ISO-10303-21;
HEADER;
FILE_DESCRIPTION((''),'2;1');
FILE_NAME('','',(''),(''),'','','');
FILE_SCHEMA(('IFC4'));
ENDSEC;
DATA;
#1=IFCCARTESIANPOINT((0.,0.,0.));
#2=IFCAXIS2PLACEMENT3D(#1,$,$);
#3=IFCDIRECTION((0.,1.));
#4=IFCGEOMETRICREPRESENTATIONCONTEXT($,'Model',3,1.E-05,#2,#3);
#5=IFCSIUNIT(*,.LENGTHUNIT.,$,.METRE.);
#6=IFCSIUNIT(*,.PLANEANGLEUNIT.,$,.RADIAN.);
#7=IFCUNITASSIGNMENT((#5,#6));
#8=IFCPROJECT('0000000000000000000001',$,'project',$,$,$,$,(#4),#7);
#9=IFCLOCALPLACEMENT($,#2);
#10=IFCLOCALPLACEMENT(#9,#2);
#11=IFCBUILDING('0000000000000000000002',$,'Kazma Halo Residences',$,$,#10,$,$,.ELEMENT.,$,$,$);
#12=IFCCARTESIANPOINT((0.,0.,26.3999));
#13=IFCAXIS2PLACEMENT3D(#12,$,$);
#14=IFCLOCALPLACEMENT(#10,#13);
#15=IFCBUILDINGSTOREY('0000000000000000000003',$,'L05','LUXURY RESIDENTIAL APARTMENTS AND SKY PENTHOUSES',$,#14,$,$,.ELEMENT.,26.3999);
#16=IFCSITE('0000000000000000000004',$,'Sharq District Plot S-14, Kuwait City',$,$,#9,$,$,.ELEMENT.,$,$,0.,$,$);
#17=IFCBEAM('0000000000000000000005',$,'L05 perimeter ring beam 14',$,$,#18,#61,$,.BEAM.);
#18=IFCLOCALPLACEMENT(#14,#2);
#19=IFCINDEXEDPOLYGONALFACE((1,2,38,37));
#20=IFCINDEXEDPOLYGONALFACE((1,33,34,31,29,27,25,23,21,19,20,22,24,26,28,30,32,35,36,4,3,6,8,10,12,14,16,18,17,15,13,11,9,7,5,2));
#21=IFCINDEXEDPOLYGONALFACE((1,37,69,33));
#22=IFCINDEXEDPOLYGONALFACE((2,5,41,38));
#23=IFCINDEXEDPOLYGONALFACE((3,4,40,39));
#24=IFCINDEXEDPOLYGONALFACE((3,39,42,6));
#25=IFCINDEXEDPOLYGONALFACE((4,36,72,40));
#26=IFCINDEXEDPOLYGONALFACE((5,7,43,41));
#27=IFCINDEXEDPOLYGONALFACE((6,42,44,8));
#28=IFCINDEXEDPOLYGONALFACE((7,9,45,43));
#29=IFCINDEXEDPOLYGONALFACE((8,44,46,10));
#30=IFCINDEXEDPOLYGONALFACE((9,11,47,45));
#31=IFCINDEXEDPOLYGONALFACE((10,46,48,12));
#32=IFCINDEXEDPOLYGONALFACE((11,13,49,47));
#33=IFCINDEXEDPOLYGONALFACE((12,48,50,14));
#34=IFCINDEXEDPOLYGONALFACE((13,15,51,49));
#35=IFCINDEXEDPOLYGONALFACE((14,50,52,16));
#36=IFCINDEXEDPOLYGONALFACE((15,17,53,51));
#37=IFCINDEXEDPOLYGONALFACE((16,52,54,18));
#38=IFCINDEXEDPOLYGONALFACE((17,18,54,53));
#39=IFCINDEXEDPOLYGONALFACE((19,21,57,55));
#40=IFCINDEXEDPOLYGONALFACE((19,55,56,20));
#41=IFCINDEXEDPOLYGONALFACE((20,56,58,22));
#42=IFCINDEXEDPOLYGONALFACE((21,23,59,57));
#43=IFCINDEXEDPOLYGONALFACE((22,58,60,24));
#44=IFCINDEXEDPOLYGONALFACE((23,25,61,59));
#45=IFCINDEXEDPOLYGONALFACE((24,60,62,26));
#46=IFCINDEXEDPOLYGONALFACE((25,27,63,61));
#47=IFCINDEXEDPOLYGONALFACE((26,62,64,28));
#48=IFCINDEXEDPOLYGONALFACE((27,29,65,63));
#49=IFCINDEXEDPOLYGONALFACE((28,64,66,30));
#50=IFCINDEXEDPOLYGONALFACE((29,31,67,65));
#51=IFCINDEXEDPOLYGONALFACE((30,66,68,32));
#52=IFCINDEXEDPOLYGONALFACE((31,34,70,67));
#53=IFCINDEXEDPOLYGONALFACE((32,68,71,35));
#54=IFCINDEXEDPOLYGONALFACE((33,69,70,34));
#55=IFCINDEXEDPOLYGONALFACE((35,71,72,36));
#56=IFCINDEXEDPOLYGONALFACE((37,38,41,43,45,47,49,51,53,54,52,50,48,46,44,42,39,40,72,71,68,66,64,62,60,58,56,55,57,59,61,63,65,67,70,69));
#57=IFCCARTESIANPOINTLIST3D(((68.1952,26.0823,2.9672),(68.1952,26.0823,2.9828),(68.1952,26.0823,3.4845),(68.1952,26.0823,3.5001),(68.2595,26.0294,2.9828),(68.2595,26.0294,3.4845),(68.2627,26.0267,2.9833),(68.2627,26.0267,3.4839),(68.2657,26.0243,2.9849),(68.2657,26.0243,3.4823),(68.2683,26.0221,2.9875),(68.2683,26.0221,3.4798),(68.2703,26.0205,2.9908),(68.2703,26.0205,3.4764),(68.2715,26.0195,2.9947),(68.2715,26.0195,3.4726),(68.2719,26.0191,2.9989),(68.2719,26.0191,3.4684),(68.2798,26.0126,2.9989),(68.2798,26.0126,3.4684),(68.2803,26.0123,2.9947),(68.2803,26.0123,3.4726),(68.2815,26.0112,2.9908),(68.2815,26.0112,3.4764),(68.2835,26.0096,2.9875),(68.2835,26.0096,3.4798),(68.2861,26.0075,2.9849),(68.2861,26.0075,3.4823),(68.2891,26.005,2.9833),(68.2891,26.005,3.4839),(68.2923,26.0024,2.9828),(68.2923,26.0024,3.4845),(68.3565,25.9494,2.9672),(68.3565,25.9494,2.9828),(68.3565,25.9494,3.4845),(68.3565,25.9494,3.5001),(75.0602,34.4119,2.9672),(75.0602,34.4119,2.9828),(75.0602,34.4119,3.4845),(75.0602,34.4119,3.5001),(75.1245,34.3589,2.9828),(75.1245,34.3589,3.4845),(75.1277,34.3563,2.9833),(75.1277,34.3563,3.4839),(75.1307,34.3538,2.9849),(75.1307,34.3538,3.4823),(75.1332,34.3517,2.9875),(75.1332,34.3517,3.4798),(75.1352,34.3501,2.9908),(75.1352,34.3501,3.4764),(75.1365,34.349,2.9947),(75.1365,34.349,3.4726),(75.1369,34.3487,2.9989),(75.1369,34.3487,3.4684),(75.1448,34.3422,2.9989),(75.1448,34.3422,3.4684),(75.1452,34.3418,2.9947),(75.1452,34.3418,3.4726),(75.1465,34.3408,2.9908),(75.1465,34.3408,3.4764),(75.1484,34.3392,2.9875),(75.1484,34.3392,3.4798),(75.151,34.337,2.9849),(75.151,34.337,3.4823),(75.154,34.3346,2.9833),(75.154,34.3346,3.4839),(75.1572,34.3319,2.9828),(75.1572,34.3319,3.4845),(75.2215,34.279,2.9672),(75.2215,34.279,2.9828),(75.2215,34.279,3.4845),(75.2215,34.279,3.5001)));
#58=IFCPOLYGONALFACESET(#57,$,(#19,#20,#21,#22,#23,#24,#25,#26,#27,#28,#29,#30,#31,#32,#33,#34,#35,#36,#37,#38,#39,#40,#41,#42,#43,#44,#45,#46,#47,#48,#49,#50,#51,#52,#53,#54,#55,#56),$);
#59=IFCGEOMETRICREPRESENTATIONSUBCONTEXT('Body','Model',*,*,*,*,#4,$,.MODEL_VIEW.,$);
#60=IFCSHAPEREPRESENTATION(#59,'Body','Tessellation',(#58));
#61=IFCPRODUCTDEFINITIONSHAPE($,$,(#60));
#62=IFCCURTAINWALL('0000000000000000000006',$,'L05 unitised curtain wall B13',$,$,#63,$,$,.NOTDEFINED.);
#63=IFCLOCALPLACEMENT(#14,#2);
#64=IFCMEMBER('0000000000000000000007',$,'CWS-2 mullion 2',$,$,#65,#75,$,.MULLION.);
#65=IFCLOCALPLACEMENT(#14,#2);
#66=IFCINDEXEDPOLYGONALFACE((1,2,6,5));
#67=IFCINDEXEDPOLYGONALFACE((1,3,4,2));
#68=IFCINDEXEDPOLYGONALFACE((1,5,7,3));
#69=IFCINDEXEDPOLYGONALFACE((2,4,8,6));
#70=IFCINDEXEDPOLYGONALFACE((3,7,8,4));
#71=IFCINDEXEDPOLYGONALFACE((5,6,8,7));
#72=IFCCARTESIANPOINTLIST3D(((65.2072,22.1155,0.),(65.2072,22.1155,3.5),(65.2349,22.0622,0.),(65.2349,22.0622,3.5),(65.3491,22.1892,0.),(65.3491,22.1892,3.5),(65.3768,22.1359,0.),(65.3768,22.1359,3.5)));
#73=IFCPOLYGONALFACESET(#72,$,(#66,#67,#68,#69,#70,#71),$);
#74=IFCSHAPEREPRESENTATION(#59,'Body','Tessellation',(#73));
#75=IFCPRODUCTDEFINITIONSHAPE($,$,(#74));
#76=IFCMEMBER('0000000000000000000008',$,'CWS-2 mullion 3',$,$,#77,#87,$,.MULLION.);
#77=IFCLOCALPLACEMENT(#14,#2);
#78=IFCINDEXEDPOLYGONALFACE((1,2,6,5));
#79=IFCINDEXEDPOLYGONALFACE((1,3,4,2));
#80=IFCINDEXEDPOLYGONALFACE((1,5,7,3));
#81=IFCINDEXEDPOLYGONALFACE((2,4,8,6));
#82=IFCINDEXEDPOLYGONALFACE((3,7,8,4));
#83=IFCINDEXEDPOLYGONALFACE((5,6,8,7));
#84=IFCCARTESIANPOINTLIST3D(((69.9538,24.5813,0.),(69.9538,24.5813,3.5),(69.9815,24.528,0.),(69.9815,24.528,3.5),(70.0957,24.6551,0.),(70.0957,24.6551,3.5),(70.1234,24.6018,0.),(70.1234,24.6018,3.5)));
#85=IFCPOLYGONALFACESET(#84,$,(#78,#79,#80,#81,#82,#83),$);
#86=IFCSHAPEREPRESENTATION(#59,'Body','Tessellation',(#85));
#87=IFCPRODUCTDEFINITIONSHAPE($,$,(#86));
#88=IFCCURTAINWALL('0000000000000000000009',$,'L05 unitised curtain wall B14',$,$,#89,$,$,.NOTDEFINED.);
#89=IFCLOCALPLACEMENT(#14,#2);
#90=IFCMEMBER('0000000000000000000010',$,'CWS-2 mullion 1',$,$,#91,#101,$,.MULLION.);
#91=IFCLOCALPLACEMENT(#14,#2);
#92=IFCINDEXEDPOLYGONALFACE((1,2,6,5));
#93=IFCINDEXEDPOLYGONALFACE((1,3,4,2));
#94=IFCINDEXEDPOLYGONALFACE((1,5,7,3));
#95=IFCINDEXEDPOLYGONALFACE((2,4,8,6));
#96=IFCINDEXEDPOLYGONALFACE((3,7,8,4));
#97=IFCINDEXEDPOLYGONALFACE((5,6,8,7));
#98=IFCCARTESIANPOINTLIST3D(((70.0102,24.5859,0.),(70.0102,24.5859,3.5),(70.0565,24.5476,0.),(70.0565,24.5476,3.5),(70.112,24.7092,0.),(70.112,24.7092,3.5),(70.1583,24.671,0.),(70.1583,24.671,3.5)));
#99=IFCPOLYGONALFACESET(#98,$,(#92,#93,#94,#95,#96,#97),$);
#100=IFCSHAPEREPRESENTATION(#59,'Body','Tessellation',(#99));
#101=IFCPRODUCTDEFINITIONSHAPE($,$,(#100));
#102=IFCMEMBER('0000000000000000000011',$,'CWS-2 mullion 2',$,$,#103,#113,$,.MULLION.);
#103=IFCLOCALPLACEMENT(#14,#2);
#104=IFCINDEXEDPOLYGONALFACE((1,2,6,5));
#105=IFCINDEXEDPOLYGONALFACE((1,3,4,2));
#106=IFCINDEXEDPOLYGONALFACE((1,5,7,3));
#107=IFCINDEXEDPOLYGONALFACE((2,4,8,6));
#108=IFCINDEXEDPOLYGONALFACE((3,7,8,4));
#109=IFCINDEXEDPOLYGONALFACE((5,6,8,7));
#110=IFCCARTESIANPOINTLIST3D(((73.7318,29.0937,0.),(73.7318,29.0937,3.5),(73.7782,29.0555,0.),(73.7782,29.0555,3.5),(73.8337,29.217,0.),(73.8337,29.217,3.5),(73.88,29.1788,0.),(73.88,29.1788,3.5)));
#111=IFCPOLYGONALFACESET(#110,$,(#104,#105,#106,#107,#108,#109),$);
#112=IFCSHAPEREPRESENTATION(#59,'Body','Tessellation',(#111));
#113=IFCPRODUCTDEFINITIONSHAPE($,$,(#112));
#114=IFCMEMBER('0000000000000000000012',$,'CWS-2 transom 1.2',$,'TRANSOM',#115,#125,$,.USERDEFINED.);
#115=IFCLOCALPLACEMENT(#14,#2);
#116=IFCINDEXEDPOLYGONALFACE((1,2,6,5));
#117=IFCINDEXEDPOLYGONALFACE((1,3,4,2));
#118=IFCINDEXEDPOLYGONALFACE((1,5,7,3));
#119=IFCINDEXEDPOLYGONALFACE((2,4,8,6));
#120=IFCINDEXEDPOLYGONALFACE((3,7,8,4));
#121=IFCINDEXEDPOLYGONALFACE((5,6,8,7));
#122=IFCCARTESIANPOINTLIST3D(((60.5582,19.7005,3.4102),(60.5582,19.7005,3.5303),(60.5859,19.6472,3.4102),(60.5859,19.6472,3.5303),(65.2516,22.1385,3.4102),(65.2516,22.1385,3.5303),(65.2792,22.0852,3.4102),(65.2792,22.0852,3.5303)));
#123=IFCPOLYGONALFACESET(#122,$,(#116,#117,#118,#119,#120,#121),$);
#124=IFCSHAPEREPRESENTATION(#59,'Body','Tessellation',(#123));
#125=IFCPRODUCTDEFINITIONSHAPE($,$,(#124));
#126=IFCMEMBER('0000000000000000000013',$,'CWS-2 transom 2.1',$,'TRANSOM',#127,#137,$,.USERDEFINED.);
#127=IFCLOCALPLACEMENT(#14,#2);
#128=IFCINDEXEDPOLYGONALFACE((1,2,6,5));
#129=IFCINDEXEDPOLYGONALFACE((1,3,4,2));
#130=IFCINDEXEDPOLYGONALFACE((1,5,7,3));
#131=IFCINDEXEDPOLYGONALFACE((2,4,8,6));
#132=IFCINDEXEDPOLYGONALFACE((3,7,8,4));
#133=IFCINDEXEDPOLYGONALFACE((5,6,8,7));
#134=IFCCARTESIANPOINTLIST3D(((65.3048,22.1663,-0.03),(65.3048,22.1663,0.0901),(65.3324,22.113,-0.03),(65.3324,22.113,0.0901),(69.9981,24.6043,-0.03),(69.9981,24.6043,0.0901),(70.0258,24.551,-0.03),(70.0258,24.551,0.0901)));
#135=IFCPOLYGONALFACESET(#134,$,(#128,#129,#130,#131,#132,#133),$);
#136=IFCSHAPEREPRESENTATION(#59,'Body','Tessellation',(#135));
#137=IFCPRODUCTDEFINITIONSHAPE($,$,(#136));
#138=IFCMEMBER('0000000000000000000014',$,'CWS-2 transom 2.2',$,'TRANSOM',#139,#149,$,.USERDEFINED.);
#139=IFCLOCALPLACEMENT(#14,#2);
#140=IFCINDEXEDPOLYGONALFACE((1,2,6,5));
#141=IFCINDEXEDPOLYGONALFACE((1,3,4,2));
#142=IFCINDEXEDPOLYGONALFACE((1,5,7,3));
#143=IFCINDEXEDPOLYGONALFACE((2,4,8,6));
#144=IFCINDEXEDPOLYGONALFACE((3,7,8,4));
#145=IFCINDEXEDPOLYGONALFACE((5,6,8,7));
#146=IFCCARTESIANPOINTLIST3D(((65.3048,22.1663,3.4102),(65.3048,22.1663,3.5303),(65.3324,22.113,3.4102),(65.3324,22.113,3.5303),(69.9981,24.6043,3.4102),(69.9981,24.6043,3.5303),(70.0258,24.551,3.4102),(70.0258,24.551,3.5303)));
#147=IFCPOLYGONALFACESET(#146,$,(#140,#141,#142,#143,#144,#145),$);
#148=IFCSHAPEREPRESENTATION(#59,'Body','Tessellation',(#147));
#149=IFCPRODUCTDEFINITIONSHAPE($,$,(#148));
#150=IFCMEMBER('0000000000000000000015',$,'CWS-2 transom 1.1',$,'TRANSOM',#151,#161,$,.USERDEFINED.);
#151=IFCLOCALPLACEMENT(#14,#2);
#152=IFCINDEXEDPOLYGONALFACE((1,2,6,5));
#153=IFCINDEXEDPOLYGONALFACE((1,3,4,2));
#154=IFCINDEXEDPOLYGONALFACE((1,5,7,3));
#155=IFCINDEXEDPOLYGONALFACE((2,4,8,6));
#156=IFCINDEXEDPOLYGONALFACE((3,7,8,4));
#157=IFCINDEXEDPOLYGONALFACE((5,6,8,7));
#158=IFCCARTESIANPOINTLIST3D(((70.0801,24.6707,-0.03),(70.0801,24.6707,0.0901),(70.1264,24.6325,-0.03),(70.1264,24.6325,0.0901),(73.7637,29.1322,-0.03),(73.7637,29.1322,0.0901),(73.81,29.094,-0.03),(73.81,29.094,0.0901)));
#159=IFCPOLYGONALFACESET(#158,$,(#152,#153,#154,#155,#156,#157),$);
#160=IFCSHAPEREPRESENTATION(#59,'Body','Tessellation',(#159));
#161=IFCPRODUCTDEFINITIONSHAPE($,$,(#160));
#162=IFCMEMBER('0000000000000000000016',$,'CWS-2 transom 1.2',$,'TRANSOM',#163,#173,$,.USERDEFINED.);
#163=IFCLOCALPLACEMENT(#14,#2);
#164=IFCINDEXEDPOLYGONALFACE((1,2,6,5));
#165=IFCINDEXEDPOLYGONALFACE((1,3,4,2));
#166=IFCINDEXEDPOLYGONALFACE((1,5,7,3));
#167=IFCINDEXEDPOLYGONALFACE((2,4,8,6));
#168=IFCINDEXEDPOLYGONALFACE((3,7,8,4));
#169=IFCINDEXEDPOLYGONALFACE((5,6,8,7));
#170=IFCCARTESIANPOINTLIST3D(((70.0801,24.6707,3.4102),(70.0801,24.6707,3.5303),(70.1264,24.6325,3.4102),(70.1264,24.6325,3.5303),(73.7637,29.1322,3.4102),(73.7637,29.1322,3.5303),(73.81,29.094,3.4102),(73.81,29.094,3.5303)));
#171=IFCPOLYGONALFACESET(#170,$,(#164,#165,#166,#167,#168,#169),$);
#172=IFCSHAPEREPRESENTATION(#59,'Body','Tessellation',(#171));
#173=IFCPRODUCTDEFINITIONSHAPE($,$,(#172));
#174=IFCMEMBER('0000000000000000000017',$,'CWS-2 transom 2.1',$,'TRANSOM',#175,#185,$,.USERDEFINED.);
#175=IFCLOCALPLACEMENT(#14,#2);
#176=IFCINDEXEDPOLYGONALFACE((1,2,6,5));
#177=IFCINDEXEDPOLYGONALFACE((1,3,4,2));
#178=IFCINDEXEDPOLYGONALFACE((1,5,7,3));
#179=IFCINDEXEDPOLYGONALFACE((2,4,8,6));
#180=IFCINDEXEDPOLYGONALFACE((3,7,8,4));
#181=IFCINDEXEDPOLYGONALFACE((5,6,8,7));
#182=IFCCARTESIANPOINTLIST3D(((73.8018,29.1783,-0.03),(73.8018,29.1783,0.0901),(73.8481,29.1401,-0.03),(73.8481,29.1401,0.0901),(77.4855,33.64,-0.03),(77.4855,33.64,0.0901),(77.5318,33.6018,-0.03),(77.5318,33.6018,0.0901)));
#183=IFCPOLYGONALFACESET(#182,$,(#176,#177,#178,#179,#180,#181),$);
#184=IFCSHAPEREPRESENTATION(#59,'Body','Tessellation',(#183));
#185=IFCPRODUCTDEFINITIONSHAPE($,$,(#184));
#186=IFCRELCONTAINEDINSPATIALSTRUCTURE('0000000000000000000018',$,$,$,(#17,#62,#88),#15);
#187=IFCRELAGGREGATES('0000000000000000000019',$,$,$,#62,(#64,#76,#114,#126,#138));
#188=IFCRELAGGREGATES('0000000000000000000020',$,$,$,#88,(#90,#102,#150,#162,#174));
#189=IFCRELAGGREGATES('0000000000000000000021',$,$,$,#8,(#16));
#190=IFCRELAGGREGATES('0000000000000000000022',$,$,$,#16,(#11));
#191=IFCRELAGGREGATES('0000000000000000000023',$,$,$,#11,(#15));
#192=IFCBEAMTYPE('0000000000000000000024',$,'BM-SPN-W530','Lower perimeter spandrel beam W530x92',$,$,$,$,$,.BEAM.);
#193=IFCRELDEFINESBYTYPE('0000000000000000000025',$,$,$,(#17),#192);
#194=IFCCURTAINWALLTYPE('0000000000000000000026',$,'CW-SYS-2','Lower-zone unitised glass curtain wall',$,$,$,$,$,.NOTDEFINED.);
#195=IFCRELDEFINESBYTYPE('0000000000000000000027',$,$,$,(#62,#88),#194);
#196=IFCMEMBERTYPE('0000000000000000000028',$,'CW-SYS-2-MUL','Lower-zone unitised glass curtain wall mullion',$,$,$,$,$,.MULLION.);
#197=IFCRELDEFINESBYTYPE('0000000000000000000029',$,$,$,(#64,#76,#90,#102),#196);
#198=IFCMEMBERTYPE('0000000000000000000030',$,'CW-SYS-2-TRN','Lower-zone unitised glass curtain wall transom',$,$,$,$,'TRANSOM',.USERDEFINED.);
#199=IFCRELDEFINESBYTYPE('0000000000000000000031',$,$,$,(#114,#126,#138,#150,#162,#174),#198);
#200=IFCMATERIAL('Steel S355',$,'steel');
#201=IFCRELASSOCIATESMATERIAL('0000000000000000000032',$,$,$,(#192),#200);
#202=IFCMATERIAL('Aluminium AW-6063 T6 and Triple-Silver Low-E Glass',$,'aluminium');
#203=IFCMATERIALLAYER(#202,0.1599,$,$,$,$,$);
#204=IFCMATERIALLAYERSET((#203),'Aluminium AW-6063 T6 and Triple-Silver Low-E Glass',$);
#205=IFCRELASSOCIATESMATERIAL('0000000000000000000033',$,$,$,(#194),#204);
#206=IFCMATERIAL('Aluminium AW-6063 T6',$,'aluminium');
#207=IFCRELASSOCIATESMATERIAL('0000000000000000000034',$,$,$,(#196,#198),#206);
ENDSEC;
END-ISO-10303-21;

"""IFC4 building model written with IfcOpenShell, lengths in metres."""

from ifc_helpers import new_model, si_unit, direction, frame, origin, origin_2d, place, context, subcontext, project, spatial, rectangle, i_section, extrude, material, layer, layer_set, material_profile, profile_set, type_object, element, aggregate, save


model = new_model("IFC4")

# Units and contexts
model_context = context("Model", 3, precision=1e-05, world=origin(), true_north=direction((0.0, 1.0)))
body_context = subcontext(model_context, "Body", "Model", "MODEL_VIEW")
ifc_project = project(units=[si_unit("LENGTHUNIT", "METRE"), si_unit("PLANEANGLEUNIT", "RADIAN")], contexts=[model_context])

# Site, building, storey
site_placement = place(None, origin())
site = spatial("IfcSite", under=ifc_project, at=site_placement, Name="Sharq District Plot S-14, Kuwait City", CompositionType="ELEMENT", RefElevation=0.0)
building_placement = place(site_placement, origin())
building = spatial("IfcBuilding", under=site, at=building_placement, Name="Kazma Halo Residences", CompositionType="ELEMENT")
storey_placement = place(building_placement, frame((0.0, 0.0, 26.3999)))
storey = spatial("IfcBuildingStorey", under=building, at=storey_placement, Name="L05", Description="LUXURY RESIDENTIAL APARTMENTS AND SKY PENTHOUSES", CompositionType="ELEMENT", Elevation=26.3999)

# Beam
ifc_material_1 = material(Name="Steel S355", Category="steel")
ifc_material_profile_1 = material_profile(ifc_material_1, i_section(OverallWidth=0.209, OverallDepth=0.533, WebThickness=0.0103, FlangeThickness=0.0156, FilletRadius=0.0161, at=origin_2d()), Name="W530x92")
ifc_profile_set_1 = profile_set([ifc_material_profile_1], Name="Steel S355")
beam_type_1 = type_object("IfcBeamType", Name="BM-SPN-W530", Description="Lower perimeter spandrel beam W530x92", PredefinedType="BEAM", material=ifc_profile_set_1)
beam_1_placement = place(storey_placement, frame((68.2759, 26.0159, 3.2336), z_axis=(0.636001, 0.771688, 0.0), x_axis=(-0.771688, 0.636001, 0.0)))
element("IfcBeam", 1, at=beam_1_placement, inside=storey, type_object=beam_type_1, Name="L05 perimeter ring beam 14", PredefinedType="BEAM", context=body_context, shape_type="SweptSolid", body=[
    extrude(i_section(OverallWidth=0.209, OverallDepth=0.533, WebThickness=0.0103, FlangeThickness=0.0156, FilletRadius=0.0161, at=origin_2d()), origin(), (0.0, 0.0, 1.0), 10.7939),
])

# Curtain walls, members
ifc_material_2 = material(Name="Aluminium AW-6063 T6 and Triple-Silver Low-E Glass", Category="aluminium")
ifc_layer_1 = layer(ifc_material_2, 0.1599)
ifc_layer_set_1 = layer_set([ifc_layer_1], Name="Aluminium AW-6063 T6 and Triple-Silver Low-E Glass")
curtain_wall_type = type_object("IfcCurtainWallType", Name="CW-SYS-2", Description="Lower-zone unitised glass curtain wall", PredefinedType="NOTDEFINED", material=ifc_layer_set_1)
curtain_wall_1_placement = place(storey_placement, origin())
curtain_wall_1 = element("IfcCurtainWall", 2, at=curtain_wall_1_placement, inside=storey, type_object=curtain_wall_type, Name="L05 unitised curtain wall B13", PredefinedType="NOTDEFINED")
ifc_material_3 = material(Name="Aluminium AW-6063 T6", Category="aluminium")
ifc_material_profile_2 = material_profile(ifc_material_3, rectangle(XDim=0.0601, YDim=0.1599, at=origin_2d()), Name="CWM-60x160")
ifc_profile_set_2 = profile_set([ifc_material_profile_2], Name="Aluminium AW-6063 T6")
member_type_1 = type_object("IfcMemberType", Name="CW-SYS-2-MUL", Description="Lower-zone unitised glass curtain wall mullion", PredefinedType="MULLION", material=ifc_profile_set_2)
member_1_placement = place(storey_placement, frame((65.292, 22.1257, 0.0), z_axis=(0.0, 0.0, 1.0), x_axis=(-0.460996, 0.887402, 0.0)))
member_1 = element("IfcMember", 3, at=member_1_placement, type_object=member_type_1, Name="CWS-2 mullion 2", PredefinedType="MULLION", context=body_context, shape_type="SweptSolid", body=[
    extrude(rectangle(XDim=0.0601, YDim=0.1599, at=origin_2d()), origin(), (0.0, 0.0, 1.0), 3.5),
])
member_2_placement = place(storey_placement, frame((70.0386, 24.5916, 0.0), z_axis=(0.0, 0.0, 1.0), x_axis=(-0.460996, 0.887402, 0.0)))
member_2 = element("IfcMember", 4, at=member_2_placement, type_object=member_type_1, Name="CWS-2 mullion 3", PredefinedType="MULLION", context=body_context, shape_type="SweptSolid", body=[
    extrude(rectangle(XDim=0.0601, YDim=0.1599, at=origin_2d()), origin(), (0.0, 0.0, 1.0), 3.5),
])
curtain_wall_2_placement = place(storey_placement, origin())
curtain_wall_2 = element("IfcCurtainWall", 5, at=curtain_wall_2_placement, inside=storey, type_object=curtain_wall_type, Name="L05 unitised curtain wall B14", PredefinedType="NOTDEFINED")
member_3_placement = place(storey_placement, frame((70.0842, 24.6284, 0.0), z_axis=(0.0, 0.0, 1.0), x_axis=(-0.771135, 0.636671, 0.0)))
member_3 = element("IfcMember", 6, at=member_3_placement, type_object=member_type_1, Name="CWS-2 mullion 1", PredefinedType="MULLION", context=body_context, shape_type="SweptSolid", body=[
    extrude(rectangle(XDim=0.0601, YDim=0.1599, at=origin_2d()), origin(), (0.0, 0.0, 1.0), 3.5),
])
member_4_placement = place(storey_placement, frame((73.8059, 29.1362, 0.0), z_axis=(0.0, 0.0, 1.0), x_axis=(-0.771135, 0.636671, 0.0)))
member_4 = element("IfcMember", 7, at=member_4_placement, type_object=member_type_1, Name="CWS-2 mullion 2", PredefinedType="MULLION", context=body_context, shape_type="SweptSolid", body=[
    extrude(rectangle(XDim=0.0601, YDim=0.1599, at=origin_2d()), origin(), (0.0, 0.0, 1.0), 3.5),
])

# Members
ifc_material_profile_3 = material_profile(ifc_material_3, rectangle(XDim=0.0601, YDim=0.1201, at=origin_2d()), Name="CWT-60x120")
ifc_profile_set_3 = profile_set([ifc_material_profile_3], Name="Aluminium AW-6063 T6")
member_type_2 = type_object("IfcMemberType", Name="CW-SYS-2-TRN", Description="Lower-zone unitised glass curtain wall transom", ElementType="TRANSOM", PredefinedType="USERDEFINED", material=ifc_profile_set_3)
member_5_placement = place(storey_placement, frame((60.572, 19.6738, 3.4702), z_axis=(0.887415, 0.460972, 0.0), x_axis=(-0.460972, 0.887415, 0.0)))
member_5 = element("IfcMember", 8, at=member_5_placement, type_object=member_type_2, Name="CWS-2 transom 1.2", ObjectType="TRANSOM", PredefinedType="USERDEFINED", context=body_context, shape_type="SweptSolid", body=[
    extrude(rectangle(XDim=0.0601, YDim=0.1201, at=origin_2d()), origin(), (0.0, 0.0, 1.0), 5.2888),
])
member_6_placement = place(storey_placement, frame((65.3186, 22.1396, 0.03), z_axis=(0.887415, 0.460972, 0.0), x_axis=(-0.460972, 0.887415, 0.0)))
member_6 = element("IfcMember", 9, at=member_6_placement, type_object=member_type_2, Name="CWS-2 transom 2.1", ObjectType="TRANSOM", PredefinedType="USERDEFINED", context=body_context, shape_type="SweptSolid", body=[
    extrude(rectangle(XDim=0.0601, YDim=0.1201, at=origin_2d()), origin(), (0.0, 0.0, 1.0), 5.2888),
])
member_7_placement = place(storey_placement, frame((65.3186, 22.1396, 3.4702), z_axis=(0.887415, 0.460972, 0.0), x_axis=(-0.460972, 0.887415, 0.0)))
member_7 = element("IfcMember", 10, at=member_7_placement, type_object=member_type_2, Name="CWS-2 transom 2.2", ObjectType="TRANSOM", PredefinedType="USERDEFINED", context=body_context, shape_type="SweptSolid", body=[
    extrude(rectangle(XDim=0.0601, YDim=0.1201, at=origin_2d()), origin(), (0.0, 0.0, 1.0), 5.2888),
])
member_8_placement = place(storey_placement, frame((70.1033, 24.6516, 0.03), z_axis=(0.636683, 0.771126, 0.0), x_axis=(-0.771126, 0.636683, 0.0)))
member_8 = element("IfcMember", 11, at=member_8_placement, type_object=member_type_2, Name="CWS-2 transom 1.1", ObjectType="TRANSOM", PredefinedType="USERDEFINED", context=body_context, shape_type="SweptSolid", body=[
    extrude(rectangle(XDim=0.0601, YDim=0.1201, at=origin_2d()), origin(), (0.0, 0.0, 1.0), 5.7856),
])
member_9_placement = place(storey_placement, frame((70.1033, 24.6516, 3.4702), z_axis=(0.636683, 0.771126, 0.0), x_axis=(-0.771126, 0.636683, 0.0)))
member_9 = element("IfcMember", 12, at=member_9_placement, type_object=member_type_2, Name="CWS-2 transom 1.2", ObjectType="TRANSOM", PredefinedType="USERDEFINED", context=body_context, shape_type="SweptSolid", body=[
    extrude(rectangle(XDim=0.0601, YDim=0.1201, at=origin_2d()), origin(), (0.0, 0.0, 1.0), 5.7856),
])
member_10_placement = place(storey_placement, frame((73.825, 29.1592, 0.03), z_axis=(0.636662, 0.771143, 0.0), x_axis=(-0.771143, 0.636662, 0.0)))
member_10 = element("IfcMember", 13, at=member_10_placement, type_object=member_type_2, Name="CWS-2 transom 2.1", ObjectType="TRANSOM", PredefinedType="USERDEFINED", context=body_context, shape_type="SweptSolid", body=[
    extrude(rectangle(XDim=0.0601, YDim=0.1201, at=origin_2d()), origin(), (0.0, 0.0, 1.0), 5.7859),
])

aggregate(curtain_wall_1, [member_1, member_2, member_5, member_6, member_7])
aggregate(curtain_wall_2, [member_3, member_4, member_8, member_9, member_10])

save(model, "model.ifc")
